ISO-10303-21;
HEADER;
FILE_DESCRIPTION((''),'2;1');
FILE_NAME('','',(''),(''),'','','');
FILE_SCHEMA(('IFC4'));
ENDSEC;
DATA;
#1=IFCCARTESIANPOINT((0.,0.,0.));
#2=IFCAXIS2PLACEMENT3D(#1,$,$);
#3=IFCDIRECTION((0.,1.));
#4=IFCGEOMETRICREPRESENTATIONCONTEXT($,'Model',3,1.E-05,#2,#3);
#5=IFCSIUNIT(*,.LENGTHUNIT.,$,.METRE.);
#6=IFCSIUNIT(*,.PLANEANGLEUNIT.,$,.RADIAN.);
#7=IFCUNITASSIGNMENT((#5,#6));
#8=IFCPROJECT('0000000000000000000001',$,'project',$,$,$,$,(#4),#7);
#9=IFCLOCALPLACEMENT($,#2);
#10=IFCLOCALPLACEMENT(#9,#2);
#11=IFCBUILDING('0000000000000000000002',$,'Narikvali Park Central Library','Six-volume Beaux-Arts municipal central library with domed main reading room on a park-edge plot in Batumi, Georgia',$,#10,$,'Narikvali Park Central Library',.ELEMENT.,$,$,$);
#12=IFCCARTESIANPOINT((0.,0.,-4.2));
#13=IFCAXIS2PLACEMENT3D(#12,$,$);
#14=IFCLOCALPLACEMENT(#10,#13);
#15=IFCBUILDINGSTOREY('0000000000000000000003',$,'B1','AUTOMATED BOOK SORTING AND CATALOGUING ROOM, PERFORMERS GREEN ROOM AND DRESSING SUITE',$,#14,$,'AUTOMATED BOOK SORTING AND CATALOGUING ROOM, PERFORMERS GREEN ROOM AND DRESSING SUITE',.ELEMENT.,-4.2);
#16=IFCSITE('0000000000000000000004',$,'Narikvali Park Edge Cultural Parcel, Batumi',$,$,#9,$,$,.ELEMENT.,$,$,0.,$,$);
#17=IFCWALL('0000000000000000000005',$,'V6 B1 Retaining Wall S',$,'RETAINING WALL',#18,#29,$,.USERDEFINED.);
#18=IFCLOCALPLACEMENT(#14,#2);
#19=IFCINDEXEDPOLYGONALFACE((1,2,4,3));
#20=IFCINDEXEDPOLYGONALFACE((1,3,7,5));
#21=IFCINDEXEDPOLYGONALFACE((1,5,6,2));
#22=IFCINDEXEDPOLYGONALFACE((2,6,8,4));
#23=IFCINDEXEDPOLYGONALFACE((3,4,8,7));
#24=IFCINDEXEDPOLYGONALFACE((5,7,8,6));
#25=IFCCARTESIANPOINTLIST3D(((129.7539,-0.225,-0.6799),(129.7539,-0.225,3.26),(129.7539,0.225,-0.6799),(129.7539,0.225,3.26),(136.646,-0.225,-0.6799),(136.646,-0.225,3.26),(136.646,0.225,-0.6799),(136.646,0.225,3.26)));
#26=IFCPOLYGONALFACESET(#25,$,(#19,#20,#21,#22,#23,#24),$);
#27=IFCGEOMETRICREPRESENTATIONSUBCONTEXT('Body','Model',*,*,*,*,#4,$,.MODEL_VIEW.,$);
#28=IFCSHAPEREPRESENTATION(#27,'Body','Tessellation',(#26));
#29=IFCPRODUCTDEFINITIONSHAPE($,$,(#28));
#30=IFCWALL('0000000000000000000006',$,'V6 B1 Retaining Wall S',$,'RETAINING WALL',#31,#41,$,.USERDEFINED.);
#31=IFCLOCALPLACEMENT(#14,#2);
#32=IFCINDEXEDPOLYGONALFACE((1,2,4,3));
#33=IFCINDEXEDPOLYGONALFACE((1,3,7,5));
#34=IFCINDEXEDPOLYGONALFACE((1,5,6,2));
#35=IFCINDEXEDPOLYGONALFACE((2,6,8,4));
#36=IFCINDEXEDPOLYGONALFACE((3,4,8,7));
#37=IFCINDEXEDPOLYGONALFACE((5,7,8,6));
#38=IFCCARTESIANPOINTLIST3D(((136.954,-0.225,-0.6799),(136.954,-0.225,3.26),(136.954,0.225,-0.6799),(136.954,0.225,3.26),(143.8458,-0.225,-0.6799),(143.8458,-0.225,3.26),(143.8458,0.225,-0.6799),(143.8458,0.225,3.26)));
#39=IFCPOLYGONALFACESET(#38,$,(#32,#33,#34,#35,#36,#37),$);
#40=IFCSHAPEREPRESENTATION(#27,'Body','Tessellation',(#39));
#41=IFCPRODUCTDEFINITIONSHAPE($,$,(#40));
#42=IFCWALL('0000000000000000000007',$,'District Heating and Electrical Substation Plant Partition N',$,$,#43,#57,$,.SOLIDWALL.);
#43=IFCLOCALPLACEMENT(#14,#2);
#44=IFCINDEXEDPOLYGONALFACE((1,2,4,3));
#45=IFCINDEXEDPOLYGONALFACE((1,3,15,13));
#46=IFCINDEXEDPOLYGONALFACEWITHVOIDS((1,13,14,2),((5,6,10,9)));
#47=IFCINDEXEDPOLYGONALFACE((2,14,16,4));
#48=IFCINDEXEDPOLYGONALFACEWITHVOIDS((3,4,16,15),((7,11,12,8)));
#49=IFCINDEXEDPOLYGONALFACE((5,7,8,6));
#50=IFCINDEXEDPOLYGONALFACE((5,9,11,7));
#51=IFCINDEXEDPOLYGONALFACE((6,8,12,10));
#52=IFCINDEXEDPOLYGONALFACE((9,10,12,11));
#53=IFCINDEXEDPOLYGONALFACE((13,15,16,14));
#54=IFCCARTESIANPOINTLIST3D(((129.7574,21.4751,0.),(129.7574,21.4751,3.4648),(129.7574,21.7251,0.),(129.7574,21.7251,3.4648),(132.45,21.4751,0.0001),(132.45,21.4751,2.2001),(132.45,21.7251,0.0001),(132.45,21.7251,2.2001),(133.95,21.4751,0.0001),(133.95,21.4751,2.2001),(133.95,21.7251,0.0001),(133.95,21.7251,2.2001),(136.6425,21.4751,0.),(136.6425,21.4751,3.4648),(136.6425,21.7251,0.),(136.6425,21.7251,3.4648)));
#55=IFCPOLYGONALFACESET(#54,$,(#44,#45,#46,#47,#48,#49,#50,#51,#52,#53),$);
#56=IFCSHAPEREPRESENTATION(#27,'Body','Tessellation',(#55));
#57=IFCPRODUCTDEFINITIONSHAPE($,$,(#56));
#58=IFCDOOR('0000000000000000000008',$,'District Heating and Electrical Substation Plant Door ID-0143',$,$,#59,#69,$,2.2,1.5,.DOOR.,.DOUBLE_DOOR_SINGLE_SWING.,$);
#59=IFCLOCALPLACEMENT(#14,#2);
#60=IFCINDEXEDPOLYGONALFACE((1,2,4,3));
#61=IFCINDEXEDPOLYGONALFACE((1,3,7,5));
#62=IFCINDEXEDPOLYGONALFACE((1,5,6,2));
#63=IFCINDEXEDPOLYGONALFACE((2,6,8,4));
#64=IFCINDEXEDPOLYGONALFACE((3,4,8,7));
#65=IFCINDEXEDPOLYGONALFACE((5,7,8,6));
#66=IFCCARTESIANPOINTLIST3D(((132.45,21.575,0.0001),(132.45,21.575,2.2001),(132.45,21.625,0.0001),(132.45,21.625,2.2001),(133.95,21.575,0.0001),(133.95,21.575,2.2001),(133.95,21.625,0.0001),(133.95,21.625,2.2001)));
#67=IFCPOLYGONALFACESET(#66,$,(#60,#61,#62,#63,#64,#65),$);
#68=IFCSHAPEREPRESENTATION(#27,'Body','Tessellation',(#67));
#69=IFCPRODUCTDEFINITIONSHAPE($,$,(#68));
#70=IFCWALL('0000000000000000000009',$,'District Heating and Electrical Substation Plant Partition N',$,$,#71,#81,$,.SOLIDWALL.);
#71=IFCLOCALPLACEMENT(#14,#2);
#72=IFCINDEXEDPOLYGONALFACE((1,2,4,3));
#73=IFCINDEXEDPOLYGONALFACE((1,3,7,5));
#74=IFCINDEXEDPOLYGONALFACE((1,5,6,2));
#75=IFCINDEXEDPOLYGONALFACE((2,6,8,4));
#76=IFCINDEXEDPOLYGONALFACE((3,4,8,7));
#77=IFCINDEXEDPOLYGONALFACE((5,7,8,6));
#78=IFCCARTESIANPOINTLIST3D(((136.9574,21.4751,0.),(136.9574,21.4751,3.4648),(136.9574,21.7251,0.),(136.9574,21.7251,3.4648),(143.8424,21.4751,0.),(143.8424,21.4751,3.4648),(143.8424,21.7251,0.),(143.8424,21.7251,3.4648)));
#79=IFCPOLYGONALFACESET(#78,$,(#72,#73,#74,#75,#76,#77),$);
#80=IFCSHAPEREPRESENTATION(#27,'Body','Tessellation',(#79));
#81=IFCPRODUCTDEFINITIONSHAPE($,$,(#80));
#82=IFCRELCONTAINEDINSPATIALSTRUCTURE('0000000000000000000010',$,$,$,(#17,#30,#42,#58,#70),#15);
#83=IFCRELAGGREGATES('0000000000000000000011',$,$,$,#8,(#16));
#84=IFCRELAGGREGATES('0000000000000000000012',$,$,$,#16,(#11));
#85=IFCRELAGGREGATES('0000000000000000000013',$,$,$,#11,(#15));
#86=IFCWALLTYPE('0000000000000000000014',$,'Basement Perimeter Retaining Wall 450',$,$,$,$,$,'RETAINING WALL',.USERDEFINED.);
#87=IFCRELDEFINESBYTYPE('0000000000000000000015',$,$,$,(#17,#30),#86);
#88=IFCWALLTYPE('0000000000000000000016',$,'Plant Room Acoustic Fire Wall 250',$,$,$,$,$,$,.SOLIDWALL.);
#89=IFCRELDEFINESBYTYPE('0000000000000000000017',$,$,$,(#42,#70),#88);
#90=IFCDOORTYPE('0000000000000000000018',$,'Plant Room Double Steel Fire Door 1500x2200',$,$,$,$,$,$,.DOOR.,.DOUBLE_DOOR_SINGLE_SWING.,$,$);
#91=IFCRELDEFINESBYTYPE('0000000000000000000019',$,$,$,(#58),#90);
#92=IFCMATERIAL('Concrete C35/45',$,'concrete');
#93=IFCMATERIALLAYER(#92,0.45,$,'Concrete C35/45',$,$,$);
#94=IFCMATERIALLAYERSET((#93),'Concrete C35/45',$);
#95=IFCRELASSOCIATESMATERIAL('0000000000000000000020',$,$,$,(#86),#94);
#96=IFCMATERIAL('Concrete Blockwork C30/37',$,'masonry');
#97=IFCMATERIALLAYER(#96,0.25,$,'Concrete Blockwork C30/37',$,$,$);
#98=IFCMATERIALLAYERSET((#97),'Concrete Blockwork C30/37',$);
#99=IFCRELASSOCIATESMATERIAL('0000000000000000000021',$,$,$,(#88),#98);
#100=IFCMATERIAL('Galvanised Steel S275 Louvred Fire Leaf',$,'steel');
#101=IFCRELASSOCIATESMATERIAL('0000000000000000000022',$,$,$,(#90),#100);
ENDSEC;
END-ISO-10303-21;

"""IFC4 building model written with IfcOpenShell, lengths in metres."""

from ifc_helpers import new_model, si_unit, direction, frame, frame_2d, origin, place, context, subcontext, project, spatial, rectangle, extrude, material, layer, layer_set, type_object, element, fill, save


model = new_model("IFC4")

# Units and contexts
model_context = context("Model", 3, precision=1e-05, world=origin(), true_north=direction((0.0, 1.0)))
body_context = subcontext(model_context, "Body", "Model", "MODEL_VIEW")
ifc_project = project(units=[si_unit("LENGTHUNIT", "METRE"), si_unit("PLANEANGLEUNIT", "RADIAN")], contexts=[model_context])

# Site, building, storey
site_placement = place(None, origin())
site = spatial("IfcSite", under=ifc_project, at=site_placement, Name="Narikvali Park Edge Cultural Parcel, Batumi", CompositionType="ELEMENT", RefElevation=0.0)
building_placement = place(site_placement, origin())
building = spatial("IfcBuilding", under=site, at=building_placement, Name="Narikvali Park Central Library", Description="Six-volume Beaux-Arts municipal central library with domed main reading room on a park-edge plot in Batumi, Georgia", LongName="Narikvali Park Central Library", CompositionType="ELEMENT")
storey_placement = place(building_placement, frame((0.0, 0.0, -4.2)))
storey = spatial("IfcBuildingStorey", under=building, at=storey_placement, Name="B1", Description="AUTOMATED BOOK SORTING AND CATALOGUING ROOM, PERFORMERS GREEN ROOM AND DRESSING SUITE", LongName="AUTOMATED BOOK SORTING AND CATALOGUING ROOM, PERFORMERS GREEN ROOM AND DRESSING SUITE", CompositionType="ELEMENT", Elevation=-4.2)

# Shared definitions
ifc_material_1 = material(Name="Concrete C35/45", Category="concrete")

# Walls
ifc_layer_1 = layer(ifc_material_1, 0.45, Name="Concrete C35/45")
ifc_layer_set_1 = layer_set([ifc_layer_1], Name="Concrete C35/45")
wall_type_1 = type_object("IfcWallType", Name="Basement Perimeter Retaining Wall 450", ElementType="RETAINING WALL", PredefinedType="USERDEFINED", material=ifc_layer_set_1)
wall_1_placement = place(storey_placement, frame((129.7539, 0.0, -0.6799), z_axis=(0.0, 0.0, 1.0), x_axis=(1.0, 0.0, 0.0)))
element("IfcWall", 1, at=wall_1_placement, inside=storey, type_object=wall_type_1, Name="V6 B1 Retaining Wall S", ObjectType="RETAINING WALL", PredefinedType="USERDEFINED", context=body_context, shape_type="SweptSolid", body=[
    extrude(rectangle(XDim=6.8921, YDim=0.45, at=frame_2d((3.446, 0.0))), origin(), (0.0, 0.0, 1.0), 3.9399),
])
wall_2_placement = place(storey_placement, frame((136.9541, 0.0, -0.6799), z_axis=(0.0, 0.0, 1.0), x_axis=(1.0, 0.0, 0.0)))
element("IfcWall", 2, at=wall_2_placement, inside=storey, type_object=wall_type_1, Name="V6 B1 Retaining Wall S", ObjectType="RETAINING WALL", PredefinedType="USERDEFINED", context=body_context, shape_type="SweptSolid", body=[
    extrude(rectangle(XDim=6.8918, YDim=0.45, at=frame_2d((3.4458, 0.0))), origin(), (0.0, 0.0, 1.0), 3.9399),
])

# Wall, opening, door
ifc_material_2 = material(Name="Concrete Blockwork C30/37", Category="masonry")
ifc_layer_2 = layer(ifc_material_2, 0.25, Name="Concrete Blockwork C30/37")
ifc_layer_set_2 = layer_set([ifc_layer_2], Name="Concrete Blockwork C30/37")
wall_type_2 = type_object("IfcWallType", Name="Plant Room Acoustic Fire Wall 250", PredefinedType="SOLIDWALL", material=ifc_layer_set_2)
wall_3_placement = place(storey_placement, frame((129.7576, 21.6001, 0.0), z_axis=(0.0, 0.0, 1.0), x_axis=(1.0, 0.0, 0.0)))
wall_3 = element("IfcWall", 3, at=wall_3_placement, inside=storey, type_object=wall_type_2, Name="District Heating and Electrical Substation Plant Partition N", PredefinedType="SOLIDWALL", context=body_context, shape_type="SweptSolid", body=[
    extrude(rectangle(XDim=6.885, YDim=0.25, at=frame_2d((3.4424, 0.0))), origin(), (0.0, 0.0, 1.0), 3.4648),
])
opening_placement = place(wall_3_placement, frame((2.6924, 0.0, 0.0)))
opening = element("IfcOpeningElement", 4, at=opening_placement, cuts=wall_3, PredefinedType="OPENING", context=body_context, shape_type="SweptSolid", body=[
    extrude(rectangle(XDim=1.5, YDim=2.2, at=frame_2d((0.75, 1.1001))), frame((0.0, 0.137, 0.0), z_axis=(0.0, -1.0, 0.0), x_axis=(1.0, 0.0, 0.0)), (0.0, 0.0, 1.0), 0.2739),
])
ifc_material_3 = material(Name="Galvanised Steel S275 Louvred Fire Leaf", Category="steel")
door_type = type_object("IfcDoorType", Name="Plant Room Double Steel Fire Door 1500x2200", OperationType="DOUBLE_DOOR_SINGLE_SWING", PredefinedType="DOOR", material=ifc_material_3)
door_placement = place(opening_placement, origin())
door = element("IfcDoor", 5, at=door_placement, inside=storey, type_object=door_type, Name="District Heating and Electrical Substation Plant Door ID-0143", OperationType="DOUBLE_DOOR_SINGLE_SWING", OverallHeight=2.2, OverallWidth=1.5, PredefinedType="DOOR", context=body_context, shape_type="SweptSolid", body=[
    extrude(rectangle(XDim=1.5, YDim=2.2, at=frame_2d((0.75, 1.1001))), frame((0.0, 0.0249, 0.0), z_axis=(0.0, -1.0, 0.0), x_axis=(1.0, 0.0, 0.0)), (0.0, 0.0, 1.0), 0.05),
])
fill(opening, door)

# Wall
wall_4_placement = place(storey_placement, frame((136.9575, 21.6001, 0.0), z_axis=(0.0, 0.0, 1.0), x_axis=(1.0, 0.0, 0.0)))
element("IfcWall", 6, at=wall_4_placement, inside=storey, type_object=wall_type_2, Name="District Heating and Electrical Substation Plant Partition N", PredefinedType="SOLIDWALL", context=body_context, shape_type="SweptSolid", body=[
    extrude(rectangle(XDim=6.885, YDim=0.25, at=frame_2d((3.4424, 0.0))), origin(), (0.0, 0.0, 1.0), 3.4648),
])

save(model, "model.ifc")
